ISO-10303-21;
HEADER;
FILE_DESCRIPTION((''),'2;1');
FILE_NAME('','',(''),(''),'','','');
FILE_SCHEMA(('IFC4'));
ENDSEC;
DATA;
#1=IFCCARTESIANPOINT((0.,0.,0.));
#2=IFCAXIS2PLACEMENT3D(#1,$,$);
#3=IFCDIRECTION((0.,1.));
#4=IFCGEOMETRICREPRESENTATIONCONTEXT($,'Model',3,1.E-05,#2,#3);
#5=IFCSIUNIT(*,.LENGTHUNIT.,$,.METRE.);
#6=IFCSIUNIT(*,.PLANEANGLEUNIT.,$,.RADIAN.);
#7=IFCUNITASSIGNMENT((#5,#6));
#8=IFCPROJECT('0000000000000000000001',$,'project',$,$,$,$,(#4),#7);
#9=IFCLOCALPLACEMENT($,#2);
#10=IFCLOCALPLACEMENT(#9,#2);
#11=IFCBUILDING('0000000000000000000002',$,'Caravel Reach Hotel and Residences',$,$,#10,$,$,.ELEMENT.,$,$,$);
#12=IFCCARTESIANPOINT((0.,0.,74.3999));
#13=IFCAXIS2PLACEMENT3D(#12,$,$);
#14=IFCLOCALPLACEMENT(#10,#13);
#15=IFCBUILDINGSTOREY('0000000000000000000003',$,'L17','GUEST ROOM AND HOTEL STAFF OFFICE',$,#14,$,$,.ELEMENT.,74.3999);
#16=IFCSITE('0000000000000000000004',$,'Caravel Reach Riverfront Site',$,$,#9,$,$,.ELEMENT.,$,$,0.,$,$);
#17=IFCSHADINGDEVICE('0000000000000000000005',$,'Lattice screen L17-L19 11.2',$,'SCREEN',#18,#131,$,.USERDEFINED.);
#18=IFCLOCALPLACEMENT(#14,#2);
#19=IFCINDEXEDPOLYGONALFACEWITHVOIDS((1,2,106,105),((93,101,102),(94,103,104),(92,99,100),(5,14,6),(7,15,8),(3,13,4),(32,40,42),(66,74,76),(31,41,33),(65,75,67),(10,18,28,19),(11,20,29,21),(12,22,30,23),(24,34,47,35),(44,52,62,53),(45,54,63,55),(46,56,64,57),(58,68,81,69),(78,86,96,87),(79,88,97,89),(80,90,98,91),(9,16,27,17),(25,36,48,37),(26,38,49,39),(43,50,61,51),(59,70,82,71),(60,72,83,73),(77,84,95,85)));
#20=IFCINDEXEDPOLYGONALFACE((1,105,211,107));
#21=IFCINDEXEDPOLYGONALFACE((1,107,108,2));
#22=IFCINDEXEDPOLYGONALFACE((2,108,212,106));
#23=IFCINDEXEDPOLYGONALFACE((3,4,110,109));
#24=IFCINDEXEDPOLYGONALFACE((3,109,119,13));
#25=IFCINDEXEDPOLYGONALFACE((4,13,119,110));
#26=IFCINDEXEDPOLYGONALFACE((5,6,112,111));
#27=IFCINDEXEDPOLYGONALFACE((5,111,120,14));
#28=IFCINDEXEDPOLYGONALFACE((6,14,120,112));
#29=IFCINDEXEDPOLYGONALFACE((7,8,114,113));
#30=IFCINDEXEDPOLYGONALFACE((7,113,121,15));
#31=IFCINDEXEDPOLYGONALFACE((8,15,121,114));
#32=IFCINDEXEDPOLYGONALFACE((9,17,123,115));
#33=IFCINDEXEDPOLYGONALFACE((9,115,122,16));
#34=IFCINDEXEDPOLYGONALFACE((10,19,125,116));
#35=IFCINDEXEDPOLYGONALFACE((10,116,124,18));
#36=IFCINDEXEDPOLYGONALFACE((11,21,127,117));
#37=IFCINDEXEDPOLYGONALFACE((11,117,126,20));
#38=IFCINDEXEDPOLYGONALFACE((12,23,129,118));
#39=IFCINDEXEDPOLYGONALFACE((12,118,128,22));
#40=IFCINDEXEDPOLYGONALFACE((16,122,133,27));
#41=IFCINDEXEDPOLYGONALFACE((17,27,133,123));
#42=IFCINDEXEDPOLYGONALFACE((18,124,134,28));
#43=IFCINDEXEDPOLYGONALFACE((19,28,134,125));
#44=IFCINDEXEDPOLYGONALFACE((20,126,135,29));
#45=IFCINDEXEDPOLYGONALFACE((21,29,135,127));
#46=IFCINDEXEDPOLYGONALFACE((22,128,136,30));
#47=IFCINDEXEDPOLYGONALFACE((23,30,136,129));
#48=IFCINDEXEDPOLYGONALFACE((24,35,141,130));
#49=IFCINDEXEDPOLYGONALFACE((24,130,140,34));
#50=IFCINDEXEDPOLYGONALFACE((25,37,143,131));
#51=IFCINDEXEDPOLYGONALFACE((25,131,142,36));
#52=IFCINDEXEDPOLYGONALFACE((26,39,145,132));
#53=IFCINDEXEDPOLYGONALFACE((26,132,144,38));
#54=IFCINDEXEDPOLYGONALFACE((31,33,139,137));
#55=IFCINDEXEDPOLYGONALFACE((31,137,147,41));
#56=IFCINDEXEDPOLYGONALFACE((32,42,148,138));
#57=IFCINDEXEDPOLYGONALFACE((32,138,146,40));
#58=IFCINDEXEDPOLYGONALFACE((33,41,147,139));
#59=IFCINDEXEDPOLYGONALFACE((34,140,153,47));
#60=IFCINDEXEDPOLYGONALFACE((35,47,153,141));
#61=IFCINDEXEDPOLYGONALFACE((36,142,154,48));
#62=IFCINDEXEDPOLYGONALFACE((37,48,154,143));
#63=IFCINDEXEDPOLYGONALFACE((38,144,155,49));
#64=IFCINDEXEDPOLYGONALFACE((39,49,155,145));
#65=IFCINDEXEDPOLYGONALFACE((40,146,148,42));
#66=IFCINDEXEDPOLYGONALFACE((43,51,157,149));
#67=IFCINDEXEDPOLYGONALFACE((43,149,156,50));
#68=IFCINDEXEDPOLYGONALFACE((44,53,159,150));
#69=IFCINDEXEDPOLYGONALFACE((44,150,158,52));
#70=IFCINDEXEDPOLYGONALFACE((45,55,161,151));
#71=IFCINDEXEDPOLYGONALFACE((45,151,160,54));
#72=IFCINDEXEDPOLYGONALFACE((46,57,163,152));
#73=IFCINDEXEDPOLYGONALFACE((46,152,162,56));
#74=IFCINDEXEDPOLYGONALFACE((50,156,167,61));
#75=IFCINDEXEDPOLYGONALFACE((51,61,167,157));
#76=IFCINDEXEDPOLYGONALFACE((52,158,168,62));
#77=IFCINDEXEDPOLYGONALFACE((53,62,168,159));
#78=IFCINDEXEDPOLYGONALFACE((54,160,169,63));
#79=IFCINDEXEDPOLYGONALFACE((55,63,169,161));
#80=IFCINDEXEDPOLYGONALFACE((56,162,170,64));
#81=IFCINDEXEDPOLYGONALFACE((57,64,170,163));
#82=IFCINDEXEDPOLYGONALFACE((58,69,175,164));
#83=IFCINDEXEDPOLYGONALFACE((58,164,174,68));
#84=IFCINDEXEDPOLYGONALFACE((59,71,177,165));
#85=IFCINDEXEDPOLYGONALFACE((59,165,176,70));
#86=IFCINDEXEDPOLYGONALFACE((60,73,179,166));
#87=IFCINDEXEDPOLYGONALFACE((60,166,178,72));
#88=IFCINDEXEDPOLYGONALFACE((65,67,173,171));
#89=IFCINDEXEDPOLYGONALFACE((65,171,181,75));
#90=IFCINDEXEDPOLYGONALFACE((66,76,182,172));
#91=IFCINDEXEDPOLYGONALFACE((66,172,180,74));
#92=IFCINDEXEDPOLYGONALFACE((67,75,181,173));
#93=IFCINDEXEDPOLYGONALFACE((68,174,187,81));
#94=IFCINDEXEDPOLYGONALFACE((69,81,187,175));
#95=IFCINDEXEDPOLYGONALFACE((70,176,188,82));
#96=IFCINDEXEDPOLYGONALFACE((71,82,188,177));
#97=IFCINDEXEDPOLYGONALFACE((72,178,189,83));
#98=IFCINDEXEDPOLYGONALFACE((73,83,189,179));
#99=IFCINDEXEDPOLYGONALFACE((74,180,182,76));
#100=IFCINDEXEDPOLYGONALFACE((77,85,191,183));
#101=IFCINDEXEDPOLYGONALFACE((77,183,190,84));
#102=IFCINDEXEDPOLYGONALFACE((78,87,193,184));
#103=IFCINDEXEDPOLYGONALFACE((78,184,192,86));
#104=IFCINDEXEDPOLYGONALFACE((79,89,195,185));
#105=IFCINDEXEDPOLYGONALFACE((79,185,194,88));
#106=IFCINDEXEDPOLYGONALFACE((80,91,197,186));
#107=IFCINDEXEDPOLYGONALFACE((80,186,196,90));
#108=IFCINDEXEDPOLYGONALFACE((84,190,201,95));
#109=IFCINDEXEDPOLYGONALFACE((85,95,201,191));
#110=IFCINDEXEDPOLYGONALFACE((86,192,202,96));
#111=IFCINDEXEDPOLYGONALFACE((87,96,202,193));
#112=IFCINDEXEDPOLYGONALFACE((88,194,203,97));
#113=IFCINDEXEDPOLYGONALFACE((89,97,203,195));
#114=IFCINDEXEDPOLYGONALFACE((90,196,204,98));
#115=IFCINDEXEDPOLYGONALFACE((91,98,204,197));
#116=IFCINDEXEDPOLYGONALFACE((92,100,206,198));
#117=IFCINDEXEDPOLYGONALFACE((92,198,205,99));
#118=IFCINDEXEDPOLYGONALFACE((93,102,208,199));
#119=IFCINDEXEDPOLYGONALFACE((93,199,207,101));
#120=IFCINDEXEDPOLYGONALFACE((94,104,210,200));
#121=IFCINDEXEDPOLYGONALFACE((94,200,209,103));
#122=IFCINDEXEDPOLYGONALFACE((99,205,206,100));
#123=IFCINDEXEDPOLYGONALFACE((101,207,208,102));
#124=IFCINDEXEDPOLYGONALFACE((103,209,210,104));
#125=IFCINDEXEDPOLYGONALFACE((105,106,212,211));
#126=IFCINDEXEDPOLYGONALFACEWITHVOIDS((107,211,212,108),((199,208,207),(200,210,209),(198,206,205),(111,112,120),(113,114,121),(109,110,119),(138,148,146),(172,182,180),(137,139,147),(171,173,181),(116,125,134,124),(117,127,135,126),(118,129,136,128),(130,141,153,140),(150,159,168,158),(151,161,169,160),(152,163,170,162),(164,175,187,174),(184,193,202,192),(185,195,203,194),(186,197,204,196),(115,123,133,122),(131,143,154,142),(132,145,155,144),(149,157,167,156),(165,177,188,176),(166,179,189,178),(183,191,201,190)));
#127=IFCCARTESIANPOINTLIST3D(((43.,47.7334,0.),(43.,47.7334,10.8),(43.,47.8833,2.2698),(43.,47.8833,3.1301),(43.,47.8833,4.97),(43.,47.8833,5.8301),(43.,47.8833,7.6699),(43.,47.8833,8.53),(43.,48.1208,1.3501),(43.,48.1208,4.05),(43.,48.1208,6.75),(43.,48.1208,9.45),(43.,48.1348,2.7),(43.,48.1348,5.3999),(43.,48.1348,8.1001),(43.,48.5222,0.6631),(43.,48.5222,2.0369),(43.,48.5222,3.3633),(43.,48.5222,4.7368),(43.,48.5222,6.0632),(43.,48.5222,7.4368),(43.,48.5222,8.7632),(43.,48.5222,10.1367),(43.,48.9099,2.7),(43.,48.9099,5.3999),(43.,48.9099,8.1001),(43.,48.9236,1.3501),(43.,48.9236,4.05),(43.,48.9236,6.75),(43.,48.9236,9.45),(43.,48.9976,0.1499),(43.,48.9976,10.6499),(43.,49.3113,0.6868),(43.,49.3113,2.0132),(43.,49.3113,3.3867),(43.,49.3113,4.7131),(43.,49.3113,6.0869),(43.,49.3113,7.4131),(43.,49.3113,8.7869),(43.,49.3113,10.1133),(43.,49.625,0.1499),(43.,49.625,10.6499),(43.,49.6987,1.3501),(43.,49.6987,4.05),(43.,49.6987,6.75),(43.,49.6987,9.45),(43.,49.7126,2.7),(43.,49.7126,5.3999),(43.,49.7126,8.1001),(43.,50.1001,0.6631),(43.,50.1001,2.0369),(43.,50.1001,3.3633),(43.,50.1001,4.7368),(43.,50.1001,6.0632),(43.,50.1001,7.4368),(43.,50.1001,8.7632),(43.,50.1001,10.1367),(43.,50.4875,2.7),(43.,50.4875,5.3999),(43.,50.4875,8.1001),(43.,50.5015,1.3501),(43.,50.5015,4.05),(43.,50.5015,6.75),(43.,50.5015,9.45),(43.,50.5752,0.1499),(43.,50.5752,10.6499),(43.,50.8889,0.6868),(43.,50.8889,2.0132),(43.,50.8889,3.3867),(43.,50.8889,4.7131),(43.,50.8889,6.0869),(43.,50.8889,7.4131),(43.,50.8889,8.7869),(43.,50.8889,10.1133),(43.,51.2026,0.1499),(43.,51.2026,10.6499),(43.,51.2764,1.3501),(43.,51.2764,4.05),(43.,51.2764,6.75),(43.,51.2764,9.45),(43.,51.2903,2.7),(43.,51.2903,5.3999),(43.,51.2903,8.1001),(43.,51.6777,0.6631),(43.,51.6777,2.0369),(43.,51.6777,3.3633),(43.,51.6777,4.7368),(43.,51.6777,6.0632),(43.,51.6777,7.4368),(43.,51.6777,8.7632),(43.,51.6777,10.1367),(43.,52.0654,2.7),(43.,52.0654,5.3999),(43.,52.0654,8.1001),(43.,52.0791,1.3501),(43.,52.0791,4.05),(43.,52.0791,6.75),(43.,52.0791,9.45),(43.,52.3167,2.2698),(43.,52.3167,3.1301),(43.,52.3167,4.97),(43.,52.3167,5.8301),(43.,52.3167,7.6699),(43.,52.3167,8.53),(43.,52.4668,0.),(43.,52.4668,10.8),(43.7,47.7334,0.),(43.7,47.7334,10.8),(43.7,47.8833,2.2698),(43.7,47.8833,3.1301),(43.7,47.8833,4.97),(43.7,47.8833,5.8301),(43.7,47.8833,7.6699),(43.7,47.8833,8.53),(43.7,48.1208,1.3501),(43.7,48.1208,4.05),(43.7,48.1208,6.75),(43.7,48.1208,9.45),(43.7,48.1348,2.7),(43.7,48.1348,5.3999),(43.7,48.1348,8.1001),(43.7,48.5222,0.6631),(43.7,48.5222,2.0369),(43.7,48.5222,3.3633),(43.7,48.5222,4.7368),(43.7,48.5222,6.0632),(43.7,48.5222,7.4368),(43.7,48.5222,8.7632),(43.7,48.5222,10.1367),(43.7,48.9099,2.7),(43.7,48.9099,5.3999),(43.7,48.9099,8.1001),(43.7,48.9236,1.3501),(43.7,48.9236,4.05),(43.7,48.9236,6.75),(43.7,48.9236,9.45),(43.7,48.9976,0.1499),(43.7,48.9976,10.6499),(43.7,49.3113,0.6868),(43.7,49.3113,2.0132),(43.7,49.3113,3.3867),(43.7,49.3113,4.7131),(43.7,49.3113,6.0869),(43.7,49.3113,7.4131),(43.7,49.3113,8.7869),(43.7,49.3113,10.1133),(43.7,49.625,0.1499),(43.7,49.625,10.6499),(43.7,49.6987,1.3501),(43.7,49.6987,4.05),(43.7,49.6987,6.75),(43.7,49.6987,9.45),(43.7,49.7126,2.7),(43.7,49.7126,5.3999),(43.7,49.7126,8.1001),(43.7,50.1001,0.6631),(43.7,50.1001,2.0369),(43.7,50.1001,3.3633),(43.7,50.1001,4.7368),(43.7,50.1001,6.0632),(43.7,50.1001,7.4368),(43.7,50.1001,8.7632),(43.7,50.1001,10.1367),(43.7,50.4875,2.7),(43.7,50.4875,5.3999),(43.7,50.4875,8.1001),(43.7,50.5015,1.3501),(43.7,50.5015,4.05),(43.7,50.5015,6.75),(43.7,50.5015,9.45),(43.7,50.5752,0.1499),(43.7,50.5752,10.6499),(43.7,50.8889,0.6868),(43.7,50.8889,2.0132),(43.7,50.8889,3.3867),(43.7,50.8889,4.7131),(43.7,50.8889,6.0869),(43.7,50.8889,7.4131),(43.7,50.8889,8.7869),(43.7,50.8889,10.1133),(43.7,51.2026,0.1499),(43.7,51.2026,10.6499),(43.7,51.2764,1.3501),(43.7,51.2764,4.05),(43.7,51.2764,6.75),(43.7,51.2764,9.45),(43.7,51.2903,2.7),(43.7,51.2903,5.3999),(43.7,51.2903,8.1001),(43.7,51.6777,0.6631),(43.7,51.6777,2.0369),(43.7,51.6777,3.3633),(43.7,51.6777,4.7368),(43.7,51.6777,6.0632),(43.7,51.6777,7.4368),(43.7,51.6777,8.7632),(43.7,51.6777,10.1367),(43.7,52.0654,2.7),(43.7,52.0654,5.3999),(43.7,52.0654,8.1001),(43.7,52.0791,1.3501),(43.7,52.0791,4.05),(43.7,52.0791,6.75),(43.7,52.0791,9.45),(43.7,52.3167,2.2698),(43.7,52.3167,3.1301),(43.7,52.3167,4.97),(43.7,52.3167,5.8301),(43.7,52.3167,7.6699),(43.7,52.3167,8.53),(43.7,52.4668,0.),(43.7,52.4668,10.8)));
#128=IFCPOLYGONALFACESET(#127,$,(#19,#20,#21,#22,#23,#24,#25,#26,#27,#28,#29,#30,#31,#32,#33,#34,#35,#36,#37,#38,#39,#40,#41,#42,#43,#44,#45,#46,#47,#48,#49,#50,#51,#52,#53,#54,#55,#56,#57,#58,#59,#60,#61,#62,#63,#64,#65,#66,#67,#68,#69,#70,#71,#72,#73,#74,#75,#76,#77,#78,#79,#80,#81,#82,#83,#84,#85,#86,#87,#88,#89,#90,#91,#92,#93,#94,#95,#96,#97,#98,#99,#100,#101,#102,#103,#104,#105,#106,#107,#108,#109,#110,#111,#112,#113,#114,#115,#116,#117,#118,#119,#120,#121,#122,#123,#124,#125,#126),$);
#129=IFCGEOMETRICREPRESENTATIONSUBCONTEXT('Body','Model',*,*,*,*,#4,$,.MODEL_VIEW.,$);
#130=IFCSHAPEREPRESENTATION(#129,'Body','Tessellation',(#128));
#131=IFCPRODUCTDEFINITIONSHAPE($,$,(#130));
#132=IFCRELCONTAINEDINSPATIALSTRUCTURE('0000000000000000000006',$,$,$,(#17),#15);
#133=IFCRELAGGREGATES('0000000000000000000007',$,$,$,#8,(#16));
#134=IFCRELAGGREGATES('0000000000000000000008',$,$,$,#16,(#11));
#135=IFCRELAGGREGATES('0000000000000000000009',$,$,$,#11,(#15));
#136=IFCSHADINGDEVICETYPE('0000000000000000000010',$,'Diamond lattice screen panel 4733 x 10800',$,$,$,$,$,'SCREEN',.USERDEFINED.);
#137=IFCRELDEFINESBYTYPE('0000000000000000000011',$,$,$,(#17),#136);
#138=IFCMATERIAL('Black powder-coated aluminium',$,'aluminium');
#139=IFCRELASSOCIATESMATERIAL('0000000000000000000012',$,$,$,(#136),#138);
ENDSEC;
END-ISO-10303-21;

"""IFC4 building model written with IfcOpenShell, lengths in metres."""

from ifc_helpers import new_model, si_unit, direction, frame, origin, place, context, subcontext, project, spatial, polyline, outline, extrude, material, type_object, element, save


model = new_model("IFC4")

# Units and contexts
model_context = context("Model", 3, precision=1e-05, world=origin(), true_north=direction((0.0, 1.0)))
body_context = subcontext(model_context, "Body", "Model", "MODEL_VIEW")
ifc_project = project(units=[si_unit("LENGTHUNIT", "METRE"), si_unit("PLANEANGLEUNIT", "RADIAN")], contexts=[model_context])

# Site, building, storey
site_placement = place(None, origin())
site = spatial("IfcSite", under=ifc_project, at=site_placement, Name="Caravel Reach Riverfront Site", CompositionType="ELEMENT", RefElevation=0.0)
building_placement = place(site_placement, origin())
building = spatial("IfcBuilding", under=site, at=building_placement, Name="Caravel Reach Hotel and Residences", CompositionType="ELEMENT")
storey_placement = place(building_placement, frame((0.0, 0.0, 74.3999)))
storey = spatial("IfcBuildingStorey", under=building, at=storey_placement, Name="L17", Description="GUEST ROOM AND HOTEL STAFF OFFICE", CompositionType="ELEMENT", Elevation=74.3999)

# Shading device
ifc_material_1 = material(Name="Black powder-coated aluminium", Category="aluminium")
shading_device_type_1 = type_object("IfcShadingDeviceType", Name="Diamond lattice screen panel 4733 x 10800", ElementType="SCREEN", PredefinedType="USERDEFINED", material=ifc_material_1)
shading_device_1_placement = place(storey_placement, frame((43.0, 47.7334, 0.0), z_axis=(1.0, 0.0, 0.0), x_axis=(0.0, 1.0, 0.0)))
element("IfcShadingDevice", 1, at=shading_device_1_placement, inside=storey, type_object=shading_device_type_1, Name="Lattice screen L17-L19 11.2", ObjectType="SCREEN", PredefinedType="USERDEFINED", context=body_context, shape_type="SweptSolid", body=[
    extrude(outline(polyline([(0.0, 0.0), (4.7334, 0.0), (4.7334, 10.8), (0.0, 10.8), (0.0, 0.0)]), holes=[polyline([(0.4014, 2.7), (0.1499, 3.1301), (0.1499, 2.2698), (0.4014, 2.7)]), polyline([(0.4014, 5.3999), (0.1499, 5.8301), (0.1499, 4.97), (0.4014, 5.3999)]), polyline([(0.4014, 8.1001), (0.1499, 8.53), (0.1499, 7.6699), (0.4014, 8.1001)]), polyline([(0.7888, 2.0369), (0.3875, 1.3501), (0.7888, 0.6631), (1.1902, 1.3501), (0.7888, 2.0369)]), polyline([(0.7888, 4.7368), (0.3875, 4.05), (0.7888, 3.3633), (1.1902, 4.05), (0.7888, 4.7368)]), polyline([(0.7888, 7.4368), (0.3875, 6.75), (0.7888, 6.0632), (1.1902, 6.75), (0.7888, 7.4368)]), polyline([(0.7888, 10.1367), (0.3875, 9.45), (0.7888, 8.7632), (1.1902, 9.45), (0.7888, 10.1367)]), polyline([(1.5779, 0.6868), (1.2642, 0.1499), (1.8916, 0.1499), (1.5779, 0.6868)]), polyline([(1.5779, 3.3867), (1.1765, 2.7), (1.5779, 2.0132), (1.9792, 2.7), (1.5779, 3.3867)]), polyline([(1.5779, 6.0869), (1.1765, 5.3999), (1.5779, 4.7131), (1.9792, 5.3999), (1.5779, 6.0869)]), polyline([(1.5779, 8.7869), (1.1765, 8.1001), (1.5779, 7.4131), (1.9792, 8.1001), (1.5779, 8.7869)]), polyline([(1.5779, 10.1133), (1.8916, 10.6499), (1.2642, 10.6499), (1.5779, 10.1133)]), polyline([(2.3667, 2.0369), (1.9653, 1.3501), (2.3667, 0.6631), (2.7681, 1.3501), (2.3667, 2.0369)]), polyline([(2.3667, 4.7368), (1.9653, 4.05), (2.3667, 3.3633), (2.7681, 4.05), (2.3667, 4.7368)]), polyline([(2.3667, 7.4368), (1.9653, 6.75), (2.3667, 6.0632), (2.7681, 6.75), (2.3667, 7.4368)]), polyline([(2.3667, 10.1367), (1.9653, 9.45), (2.3667, 8.7632), (2.7681, 9.45), (2.3667, 10.1367)]), polyline([(3.1555, 0.6868), (2.8418, 0.1499), (3.4692, 0.1499), (3.1555, 0.6868)]), polyline([(3.1555, 3.3867), (2.7542, 2.7), (3.1555, 2.0132), (3.5569, 2.7), (3.1555, 3.3867)]), polyline([(3.1555, 6.0869), (2.7542, 5.3999), (3.1555, 4.7131), (3.5569, 5.3999), (3.1555, 6.0869)]), polyline([(3.1555, 8.7869), (2.7542, 8.1001), (3.1555, 7.4131), (3.5569, 8.1001), (3.1555, 8.7869)]), polyline([(3.1555, 10.1133), (3.4692, 10.6499), (2.8418, 10.6499), (3.1555, 10.1133)]), polyline([(3.9443, 2.0369), (3.543, 1.3501), (3.9443, 0.6631), (4.3457, 1.3501), (3.9443, 2.0369)]), polyline([(3.9443, 4.7368), (3.543, 4.05), (3.9443, 3.3633), (4.3457, 4.05), (3.9443, 4.7368)]), polyline([(3.9443, 7.4368), (3.543, 6.75), (3.9443, 6.0632), (4.3457, 6.75), (3.9443, 7.4368)]), polyline([(3.9443, 10.1367), (3.543, 9.45), (3.9443, 8.7632), (4.3457, 9.45), (3.9443, 10.1367)]), polyline([(4.332, 2.7), (4.5833, 2.2698), (4.5833, 3.1301), (4.332, 2.7)]), polyline([(4.332, 5.3999), (4.5833, 4.97), (4.5833, 5.8301), (4.332, 5.3999)]), polyline([(4.332, 8.1001), (4.5833, 7.6699), (4.5833, 8.53), (4.332, 8.1001)])]), origin(), (0.0, 0.0, 1.0), 0.7),
])

save(model, "model.ifc")
